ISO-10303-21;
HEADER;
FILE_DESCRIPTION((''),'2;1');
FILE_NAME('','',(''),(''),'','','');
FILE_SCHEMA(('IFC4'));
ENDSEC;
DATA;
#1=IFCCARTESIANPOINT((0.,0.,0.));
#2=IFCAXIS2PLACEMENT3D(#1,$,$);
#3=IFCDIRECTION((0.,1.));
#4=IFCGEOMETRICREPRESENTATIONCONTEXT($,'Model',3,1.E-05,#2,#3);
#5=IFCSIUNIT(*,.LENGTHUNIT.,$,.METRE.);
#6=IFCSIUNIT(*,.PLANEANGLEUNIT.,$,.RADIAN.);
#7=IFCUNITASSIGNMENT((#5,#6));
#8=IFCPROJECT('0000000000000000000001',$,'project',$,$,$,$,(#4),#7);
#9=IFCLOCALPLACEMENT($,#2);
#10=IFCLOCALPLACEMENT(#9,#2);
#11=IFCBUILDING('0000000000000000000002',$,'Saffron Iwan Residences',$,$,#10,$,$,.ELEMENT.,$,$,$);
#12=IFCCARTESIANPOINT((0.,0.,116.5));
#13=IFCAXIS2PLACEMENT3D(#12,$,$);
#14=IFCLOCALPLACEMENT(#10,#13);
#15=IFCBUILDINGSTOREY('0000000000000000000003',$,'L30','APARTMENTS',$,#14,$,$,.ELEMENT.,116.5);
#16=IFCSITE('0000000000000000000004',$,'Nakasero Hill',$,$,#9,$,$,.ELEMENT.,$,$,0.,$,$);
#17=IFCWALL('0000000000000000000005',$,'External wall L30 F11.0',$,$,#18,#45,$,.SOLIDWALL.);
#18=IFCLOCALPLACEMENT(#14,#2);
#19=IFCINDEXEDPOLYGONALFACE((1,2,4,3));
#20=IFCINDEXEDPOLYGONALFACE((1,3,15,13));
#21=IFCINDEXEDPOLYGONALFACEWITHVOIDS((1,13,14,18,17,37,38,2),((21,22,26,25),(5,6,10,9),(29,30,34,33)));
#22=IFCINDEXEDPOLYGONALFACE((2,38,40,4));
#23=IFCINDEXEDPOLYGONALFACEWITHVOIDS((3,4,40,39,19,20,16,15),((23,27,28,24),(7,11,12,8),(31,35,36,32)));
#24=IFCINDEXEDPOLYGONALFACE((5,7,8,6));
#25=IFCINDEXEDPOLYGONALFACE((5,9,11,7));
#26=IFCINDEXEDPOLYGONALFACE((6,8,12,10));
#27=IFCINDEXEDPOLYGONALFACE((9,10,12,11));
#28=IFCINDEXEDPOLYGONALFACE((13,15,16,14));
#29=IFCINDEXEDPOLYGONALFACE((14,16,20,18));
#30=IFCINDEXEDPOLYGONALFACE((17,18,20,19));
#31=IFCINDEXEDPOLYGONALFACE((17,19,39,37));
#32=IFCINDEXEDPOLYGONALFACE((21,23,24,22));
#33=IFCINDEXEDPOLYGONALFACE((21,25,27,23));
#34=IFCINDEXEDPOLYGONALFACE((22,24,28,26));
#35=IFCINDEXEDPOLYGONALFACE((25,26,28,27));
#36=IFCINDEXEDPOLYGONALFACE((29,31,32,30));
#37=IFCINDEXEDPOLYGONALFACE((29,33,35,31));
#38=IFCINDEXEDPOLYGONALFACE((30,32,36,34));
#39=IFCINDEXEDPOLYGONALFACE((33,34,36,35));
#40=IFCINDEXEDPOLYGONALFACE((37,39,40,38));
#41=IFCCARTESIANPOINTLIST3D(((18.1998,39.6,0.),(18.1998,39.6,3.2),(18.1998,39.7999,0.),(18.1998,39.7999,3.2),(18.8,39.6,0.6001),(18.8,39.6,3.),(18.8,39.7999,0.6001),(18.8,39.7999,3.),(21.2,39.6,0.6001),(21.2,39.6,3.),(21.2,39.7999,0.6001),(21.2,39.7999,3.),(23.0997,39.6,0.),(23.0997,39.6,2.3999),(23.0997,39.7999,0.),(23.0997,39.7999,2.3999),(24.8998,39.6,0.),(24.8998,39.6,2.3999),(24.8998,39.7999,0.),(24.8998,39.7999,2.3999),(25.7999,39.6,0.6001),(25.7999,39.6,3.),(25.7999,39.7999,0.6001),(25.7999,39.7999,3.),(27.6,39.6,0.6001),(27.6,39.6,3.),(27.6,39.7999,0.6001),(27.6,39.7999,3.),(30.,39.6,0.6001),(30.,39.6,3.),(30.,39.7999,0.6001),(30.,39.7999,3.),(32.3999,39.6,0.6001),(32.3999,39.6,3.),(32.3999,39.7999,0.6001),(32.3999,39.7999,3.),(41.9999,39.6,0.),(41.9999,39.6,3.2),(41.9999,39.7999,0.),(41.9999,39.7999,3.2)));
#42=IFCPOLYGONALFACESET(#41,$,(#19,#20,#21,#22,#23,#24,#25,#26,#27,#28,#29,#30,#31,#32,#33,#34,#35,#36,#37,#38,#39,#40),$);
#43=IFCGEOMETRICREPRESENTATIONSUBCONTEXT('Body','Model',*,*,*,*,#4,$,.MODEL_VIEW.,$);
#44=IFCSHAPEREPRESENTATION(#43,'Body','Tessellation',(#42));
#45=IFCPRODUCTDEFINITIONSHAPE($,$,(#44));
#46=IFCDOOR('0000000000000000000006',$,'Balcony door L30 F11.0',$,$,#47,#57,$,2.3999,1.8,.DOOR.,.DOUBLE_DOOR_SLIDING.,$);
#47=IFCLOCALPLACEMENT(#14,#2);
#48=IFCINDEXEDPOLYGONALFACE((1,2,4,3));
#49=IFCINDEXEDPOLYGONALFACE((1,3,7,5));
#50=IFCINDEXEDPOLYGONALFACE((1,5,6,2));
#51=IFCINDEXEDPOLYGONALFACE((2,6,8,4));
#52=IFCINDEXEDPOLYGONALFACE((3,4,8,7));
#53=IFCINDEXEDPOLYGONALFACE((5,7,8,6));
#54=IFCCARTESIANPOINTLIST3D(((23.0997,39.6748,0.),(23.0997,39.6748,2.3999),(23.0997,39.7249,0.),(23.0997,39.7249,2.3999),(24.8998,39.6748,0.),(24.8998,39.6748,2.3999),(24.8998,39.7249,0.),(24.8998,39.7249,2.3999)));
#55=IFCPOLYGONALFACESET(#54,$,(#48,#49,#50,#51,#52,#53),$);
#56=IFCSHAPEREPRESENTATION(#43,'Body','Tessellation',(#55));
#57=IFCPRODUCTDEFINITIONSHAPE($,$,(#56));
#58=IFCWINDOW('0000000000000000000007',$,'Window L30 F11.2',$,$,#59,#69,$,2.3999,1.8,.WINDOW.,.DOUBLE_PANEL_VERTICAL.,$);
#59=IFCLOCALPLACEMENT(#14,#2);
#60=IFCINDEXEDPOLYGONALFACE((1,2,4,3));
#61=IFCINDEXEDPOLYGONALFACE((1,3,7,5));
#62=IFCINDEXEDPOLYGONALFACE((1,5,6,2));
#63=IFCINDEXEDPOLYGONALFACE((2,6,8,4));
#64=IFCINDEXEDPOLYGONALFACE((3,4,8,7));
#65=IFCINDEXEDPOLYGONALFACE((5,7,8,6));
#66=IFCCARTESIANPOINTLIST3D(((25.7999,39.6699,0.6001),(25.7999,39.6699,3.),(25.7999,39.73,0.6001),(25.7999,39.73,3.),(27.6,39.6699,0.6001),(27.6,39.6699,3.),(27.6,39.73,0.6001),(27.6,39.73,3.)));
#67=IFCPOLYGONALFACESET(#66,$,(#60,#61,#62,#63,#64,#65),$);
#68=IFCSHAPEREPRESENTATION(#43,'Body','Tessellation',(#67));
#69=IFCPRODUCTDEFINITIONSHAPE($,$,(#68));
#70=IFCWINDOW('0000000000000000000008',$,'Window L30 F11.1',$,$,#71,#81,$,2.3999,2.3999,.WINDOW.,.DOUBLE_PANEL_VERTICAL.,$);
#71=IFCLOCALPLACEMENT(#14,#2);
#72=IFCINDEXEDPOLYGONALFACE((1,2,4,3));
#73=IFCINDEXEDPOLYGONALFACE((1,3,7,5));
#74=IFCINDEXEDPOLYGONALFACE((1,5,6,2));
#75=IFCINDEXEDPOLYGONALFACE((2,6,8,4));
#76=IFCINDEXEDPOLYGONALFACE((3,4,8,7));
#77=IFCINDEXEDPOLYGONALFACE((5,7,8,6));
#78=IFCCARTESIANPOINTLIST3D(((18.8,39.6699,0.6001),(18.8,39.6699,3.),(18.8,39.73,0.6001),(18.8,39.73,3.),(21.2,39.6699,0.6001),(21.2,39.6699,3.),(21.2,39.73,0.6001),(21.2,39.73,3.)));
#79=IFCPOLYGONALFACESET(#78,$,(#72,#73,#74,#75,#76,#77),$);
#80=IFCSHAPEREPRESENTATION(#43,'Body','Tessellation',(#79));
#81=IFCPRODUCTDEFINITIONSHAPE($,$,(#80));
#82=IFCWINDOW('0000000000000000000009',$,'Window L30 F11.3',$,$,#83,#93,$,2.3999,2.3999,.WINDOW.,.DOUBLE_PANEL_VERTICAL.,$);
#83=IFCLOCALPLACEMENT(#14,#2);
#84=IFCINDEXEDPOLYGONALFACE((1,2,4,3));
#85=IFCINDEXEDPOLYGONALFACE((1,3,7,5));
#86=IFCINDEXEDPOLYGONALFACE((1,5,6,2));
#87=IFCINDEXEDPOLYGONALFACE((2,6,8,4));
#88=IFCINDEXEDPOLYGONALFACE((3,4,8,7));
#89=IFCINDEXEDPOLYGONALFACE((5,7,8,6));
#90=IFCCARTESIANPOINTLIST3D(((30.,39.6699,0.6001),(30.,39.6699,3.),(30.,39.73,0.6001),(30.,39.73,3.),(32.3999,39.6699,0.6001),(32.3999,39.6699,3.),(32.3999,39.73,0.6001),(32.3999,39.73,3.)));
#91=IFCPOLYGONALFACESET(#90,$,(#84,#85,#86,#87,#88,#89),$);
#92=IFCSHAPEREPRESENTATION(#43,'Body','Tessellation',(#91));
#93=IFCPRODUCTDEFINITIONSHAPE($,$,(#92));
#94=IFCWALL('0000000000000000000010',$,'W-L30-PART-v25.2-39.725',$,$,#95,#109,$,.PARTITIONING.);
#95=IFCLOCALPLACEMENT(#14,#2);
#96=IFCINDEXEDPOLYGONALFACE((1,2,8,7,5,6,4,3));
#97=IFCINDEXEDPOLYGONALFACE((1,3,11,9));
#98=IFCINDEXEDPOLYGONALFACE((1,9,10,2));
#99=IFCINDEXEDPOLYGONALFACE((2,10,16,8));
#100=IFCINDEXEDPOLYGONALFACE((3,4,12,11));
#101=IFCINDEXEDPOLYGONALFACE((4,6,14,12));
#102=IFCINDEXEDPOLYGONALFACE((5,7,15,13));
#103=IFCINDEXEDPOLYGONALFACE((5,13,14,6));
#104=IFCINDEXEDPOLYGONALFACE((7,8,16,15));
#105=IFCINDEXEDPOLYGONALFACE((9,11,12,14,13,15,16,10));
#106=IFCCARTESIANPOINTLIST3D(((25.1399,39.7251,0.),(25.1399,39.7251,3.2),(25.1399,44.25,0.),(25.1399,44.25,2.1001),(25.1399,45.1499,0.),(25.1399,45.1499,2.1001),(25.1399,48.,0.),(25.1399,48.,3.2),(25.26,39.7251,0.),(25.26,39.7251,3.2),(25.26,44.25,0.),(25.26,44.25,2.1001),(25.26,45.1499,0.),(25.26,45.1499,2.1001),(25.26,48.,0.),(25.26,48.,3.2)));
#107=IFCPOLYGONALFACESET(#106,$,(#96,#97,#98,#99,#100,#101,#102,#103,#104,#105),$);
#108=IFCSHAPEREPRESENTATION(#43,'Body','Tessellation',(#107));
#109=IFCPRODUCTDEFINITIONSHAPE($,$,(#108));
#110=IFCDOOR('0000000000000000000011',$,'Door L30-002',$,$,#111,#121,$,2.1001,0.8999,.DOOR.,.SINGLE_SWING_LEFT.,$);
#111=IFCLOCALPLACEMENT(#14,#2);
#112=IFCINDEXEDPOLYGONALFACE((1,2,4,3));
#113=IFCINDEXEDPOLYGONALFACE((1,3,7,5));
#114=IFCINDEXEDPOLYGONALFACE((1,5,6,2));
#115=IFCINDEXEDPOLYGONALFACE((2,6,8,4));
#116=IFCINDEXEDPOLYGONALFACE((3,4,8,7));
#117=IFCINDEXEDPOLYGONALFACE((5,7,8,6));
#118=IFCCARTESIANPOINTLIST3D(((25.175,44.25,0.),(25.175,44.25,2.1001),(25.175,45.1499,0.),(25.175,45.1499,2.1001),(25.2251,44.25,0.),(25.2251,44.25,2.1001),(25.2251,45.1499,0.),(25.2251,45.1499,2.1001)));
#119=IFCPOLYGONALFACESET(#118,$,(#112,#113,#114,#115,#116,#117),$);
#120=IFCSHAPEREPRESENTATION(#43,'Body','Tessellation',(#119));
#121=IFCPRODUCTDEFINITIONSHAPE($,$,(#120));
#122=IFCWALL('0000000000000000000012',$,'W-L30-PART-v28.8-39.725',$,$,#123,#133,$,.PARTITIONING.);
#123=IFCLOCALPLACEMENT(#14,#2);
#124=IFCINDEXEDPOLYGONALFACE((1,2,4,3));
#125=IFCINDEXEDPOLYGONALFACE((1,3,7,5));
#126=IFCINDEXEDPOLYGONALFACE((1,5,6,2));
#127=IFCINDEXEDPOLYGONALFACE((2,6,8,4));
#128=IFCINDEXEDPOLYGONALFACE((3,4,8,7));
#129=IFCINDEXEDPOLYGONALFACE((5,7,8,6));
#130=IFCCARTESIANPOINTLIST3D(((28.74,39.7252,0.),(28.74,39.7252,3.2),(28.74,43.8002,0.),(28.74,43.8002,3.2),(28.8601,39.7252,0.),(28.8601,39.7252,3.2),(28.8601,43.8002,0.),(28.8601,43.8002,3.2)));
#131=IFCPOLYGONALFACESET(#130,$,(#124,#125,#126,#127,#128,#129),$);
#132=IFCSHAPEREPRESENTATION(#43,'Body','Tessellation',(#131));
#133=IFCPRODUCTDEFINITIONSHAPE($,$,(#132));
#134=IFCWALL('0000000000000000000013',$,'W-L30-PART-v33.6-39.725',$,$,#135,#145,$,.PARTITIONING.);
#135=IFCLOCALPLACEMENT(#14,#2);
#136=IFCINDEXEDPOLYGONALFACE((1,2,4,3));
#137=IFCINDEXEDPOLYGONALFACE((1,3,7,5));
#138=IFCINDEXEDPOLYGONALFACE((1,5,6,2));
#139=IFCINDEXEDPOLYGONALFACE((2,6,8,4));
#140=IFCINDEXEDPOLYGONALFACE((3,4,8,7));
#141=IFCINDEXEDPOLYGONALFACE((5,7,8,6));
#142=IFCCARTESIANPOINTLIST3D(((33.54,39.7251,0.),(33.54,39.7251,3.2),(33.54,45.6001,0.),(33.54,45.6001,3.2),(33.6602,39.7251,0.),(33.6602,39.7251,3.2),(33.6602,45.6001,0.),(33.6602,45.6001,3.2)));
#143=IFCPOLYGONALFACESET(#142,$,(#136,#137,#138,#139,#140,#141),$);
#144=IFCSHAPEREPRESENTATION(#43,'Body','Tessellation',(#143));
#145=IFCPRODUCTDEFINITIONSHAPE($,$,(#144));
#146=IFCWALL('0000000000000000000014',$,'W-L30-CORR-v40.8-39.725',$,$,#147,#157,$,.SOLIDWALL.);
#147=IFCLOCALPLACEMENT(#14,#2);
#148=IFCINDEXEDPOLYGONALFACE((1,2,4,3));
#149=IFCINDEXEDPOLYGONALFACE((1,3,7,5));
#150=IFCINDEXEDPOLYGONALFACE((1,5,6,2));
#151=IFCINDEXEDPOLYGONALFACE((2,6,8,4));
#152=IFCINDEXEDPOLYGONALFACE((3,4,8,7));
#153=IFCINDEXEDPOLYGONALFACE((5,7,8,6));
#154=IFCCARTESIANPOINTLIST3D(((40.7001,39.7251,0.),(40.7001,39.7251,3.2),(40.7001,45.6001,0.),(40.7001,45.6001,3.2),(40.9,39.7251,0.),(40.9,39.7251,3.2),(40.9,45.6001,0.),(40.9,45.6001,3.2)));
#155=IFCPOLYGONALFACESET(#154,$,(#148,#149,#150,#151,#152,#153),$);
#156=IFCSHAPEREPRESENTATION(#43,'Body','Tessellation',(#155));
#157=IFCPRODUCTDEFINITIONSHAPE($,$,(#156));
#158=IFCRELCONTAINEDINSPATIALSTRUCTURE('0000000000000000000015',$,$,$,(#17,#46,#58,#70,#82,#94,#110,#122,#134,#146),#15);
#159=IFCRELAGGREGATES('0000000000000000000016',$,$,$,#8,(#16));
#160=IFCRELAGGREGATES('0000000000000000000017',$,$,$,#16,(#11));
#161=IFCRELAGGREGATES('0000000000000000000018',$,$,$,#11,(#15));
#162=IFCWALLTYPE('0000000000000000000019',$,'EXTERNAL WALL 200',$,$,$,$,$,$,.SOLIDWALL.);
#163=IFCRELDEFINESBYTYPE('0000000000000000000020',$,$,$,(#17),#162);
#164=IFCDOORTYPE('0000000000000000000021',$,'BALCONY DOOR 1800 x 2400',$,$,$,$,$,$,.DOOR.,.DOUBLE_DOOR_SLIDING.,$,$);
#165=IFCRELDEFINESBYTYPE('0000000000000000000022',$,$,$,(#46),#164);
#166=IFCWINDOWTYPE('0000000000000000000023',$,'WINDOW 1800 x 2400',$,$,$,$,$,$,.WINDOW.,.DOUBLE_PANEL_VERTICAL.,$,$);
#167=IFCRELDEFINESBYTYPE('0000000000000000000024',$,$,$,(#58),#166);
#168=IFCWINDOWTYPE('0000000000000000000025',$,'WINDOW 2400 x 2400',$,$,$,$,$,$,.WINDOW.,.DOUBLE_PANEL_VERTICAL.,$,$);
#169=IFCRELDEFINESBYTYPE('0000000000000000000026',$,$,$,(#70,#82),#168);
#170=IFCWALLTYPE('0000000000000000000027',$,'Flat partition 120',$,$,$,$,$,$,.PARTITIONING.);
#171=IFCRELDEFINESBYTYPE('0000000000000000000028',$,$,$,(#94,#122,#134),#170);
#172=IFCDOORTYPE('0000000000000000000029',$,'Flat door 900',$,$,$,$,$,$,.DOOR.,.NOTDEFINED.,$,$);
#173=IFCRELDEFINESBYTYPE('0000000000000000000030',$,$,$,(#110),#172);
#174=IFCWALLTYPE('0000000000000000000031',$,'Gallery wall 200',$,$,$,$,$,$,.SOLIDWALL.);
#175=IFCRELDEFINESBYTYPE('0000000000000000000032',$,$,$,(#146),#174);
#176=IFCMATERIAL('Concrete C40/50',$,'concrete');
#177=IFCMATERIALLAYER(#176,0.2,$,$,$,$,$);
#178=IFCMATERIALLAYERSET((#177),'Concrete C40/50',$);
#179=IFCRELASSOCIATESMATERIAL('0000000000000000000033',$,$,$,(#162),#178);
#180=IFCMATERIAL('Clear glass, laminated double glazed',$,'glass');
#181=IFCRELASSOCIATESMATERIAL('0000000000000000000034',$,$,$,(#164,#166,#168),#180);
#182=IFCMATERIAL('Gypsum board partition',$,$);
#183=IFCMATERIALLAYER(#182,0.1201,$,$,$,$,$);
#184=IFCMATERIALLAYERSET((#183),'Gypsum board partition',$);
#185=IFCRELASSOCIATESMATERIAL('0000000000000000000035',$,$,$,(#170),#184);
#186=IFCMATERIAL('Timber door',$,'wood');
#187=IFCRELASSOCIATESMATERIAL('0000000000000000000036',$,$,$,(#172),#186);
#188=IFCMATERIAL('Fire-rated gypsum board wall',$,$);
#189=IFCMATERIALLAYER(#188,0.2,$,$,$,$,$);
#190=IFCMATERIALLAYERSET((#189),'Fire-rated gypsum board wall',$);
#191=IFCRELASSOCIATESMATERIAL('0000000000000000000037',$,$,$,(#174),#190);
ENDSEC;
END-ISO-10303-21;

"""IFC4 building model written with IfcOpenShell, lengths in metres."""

from ifc_helpers import new_model, si_unit, direction, frame, frame_2d, origin, place, context, subcontext, project, spatial, rectangle, extrude, material, layer, layer_set, type_object, element, fill, save


model = new_model("IFC4")

# Units and contexts
model_context = context("Model", 3, precision=1e-05, world=origin(), true_north=direction((0.0, 1.0)))
body_context = subcontext(model_context, "Body", "Model", "MODEL_VIEW")
ifc_project = project(units=[si_unit("LENGTHUNIT", "METRE"), si_unit("PLANEANGLEUNIT", "RADIAN")], contexts=[model_context])

# Site, building, storey
site_placement = place(None, origin())
site = spatial("IfcSite", under=ifc_project, at=site_placement, Name="Nakasero Hill", CompositionType="ELEMENT", RefElevation=0.0)
building_placement = place(site_placement, origin())
building = spatial("IfcBuilding", under=site, at=building_placement, Name="Saffron Iwan Residences", CompositionType="ELEMENT")
storey_placement = place(building_placement, frame((0.0, 0.0, 116.5)))
storey = spatial("IfcBuildingStorey", under=building, at=storey_placement, Name="L30", Description="APARTMENTS", CompositionType="ELEMENT", Elevation=116.5)

# Shared definitions
ifc_material_1 = material(Name="Clear glass, laminated double glazed", Category="glass")

# Wall, openings, door, windows
ifc_material_2 = material(Name="Concrete C40/50", Category="concrete")
ifc_layer_1 = layer(ifc_material_2, 0.2)
ifc_layer_set_1 = layer_set([ifc_layer_1], Name="Concrete C40/50")
wall_type_1 = type_object("IfcWallType", Name="EXTERNAL WALL 200", PredefinedType="SOLIDWALL", material=ifc_layer_set_1)
wall_1_placement = place(storey_placement, frame((18.2, 39.7, 0.0), z_axis=(0.0, 0.0, 1.0), x_axis=(1.0, 0.0, 0.0)))
wall_1 = element("IfcWall", 1, at=wall_1_placement, inside=storey, type_object=wall_type_1, Name="External wall L30 F11.0", PredefinedType="SOLIDWALL", context=body_context, shape_type="SweptSolid", body=[
    extrude(rectangle(XDim=23.8, YDim=0.2, at=frame_2d((11.8999, 0.0))), origin(), (0.0, 0.0, 1.0), 3.2),
])
opening_1_placement = place(wall_1_placement, frame((4.8999, 0.0, 0.0)))
opening_1 = element("IfcOpeningElement", 2, at=opening_1_placement, cuts=wall_1, PredefinedType="OPENING", context=body_context, shape_type="SweptSolid", body=[
    extrude(rectangle(XDim=1.8, YDim=2.3999, at=frame_2d((0.8999, 1.2))), frame((0.0, 0.1099, 0.0), z_axis=(0.0, -1.0, 0.0), x_axis=(1.0, 0.0, 0.0)), (0.0, 0.0, 1.0), 0.22),
])
opening_2_placement = place(wall_1_placement, frame((0.6001, 0.0, 0.6001)))
opening_2 = element("IfcOpeningElement", 3, at=opening_2_placement, cuts=wall_1, PredefinedType="OPENING", context=body_context, shape_type="SweptSolid", body=[
    extrude(rectangle(XDim=2.3999, YDim=2.3999, at=frame_2d((1.2, 1.2))), frame((0.0, 0.1099, 0.0), z_axis=(0.0, -1.0, 0.0), x_axis=(1.0, 0.0, 0.0)), (0.0, 0.0, 1.0), 0.22),
])
opening_3_placement = place(wall_1_placement, frame((7.6001, 0.0, 0.6001)))
opening_3 = element("IfcOpeningElement", 4, at=opening_3_placement, cuts=wall_1, PredefinedType="OPENING", context=body_context, shape_type="SweptSolid", body=[
    extrude(rectangle(XDim=1.8, YDim=2.3999, at=frame_2d((0.8999, 1.2))), frame((0.0, 0.1099, 0.0), z_axis=(0.0, -1.0, 0.0), x_axis=(1.0, 0.0, 0.0)), (0.0, 0.0, 1.0), 0.22),
])
opening_4_placement = place(wall_1_placement, frame((11.8, 0.0, 0.6001)))
opening_4 = element("IfcOpeningElement", 5, at=opening_4_placement, cuts=wall_1, PredefinedType="OPENING", context=body_context, shape_type="SweptSolid", body=[
    extrude(rectangle(XDim=2.3999, YDim=2.3999, at=frame_2d((1.2, 1.2))), frame((0.0, 0.1099, 0.0), z_axis=(0.0, -1.0, 0.0), x_axis=(1.0, 0.0, 0.0)), (0.0, 0.0, 1.0), 0.22),
])
door_type_1 = type_object("IfcDoorType", Name="BALCONY DOOR 1800 x 2400", OperationType="DOUBLE_DOOR_SLIDING", PredefinedType="DOOR", material=ifc_material_1)
door_1_placement = place(opening_1_placement, origin())
door_1 = element("IfcDoor", 6, at=door_1_placement, inside=storey, type_object=door_type_1, Name="Balcony door L30 F11.0", OperationType="DOUBLE_DOOR_SLIDING", OverallHeight=2.3999, OverallWidth=1.8, PredefinedType="DOOR", context=body_context, shape_type="SweptSolid", body=[
    extrude(rectangle(XDim=1.8, YDim=2.3999, at=frame_2d((0.8999, 1.2))), frame((0.0, 0.0249, 0.0), z_axis=(0.0, -1.0, 0.0), x_axis=(1.0, 0.0, 0.0)), (0.0, 0.0, 1.0), 0.05),
])
fill(opening_1, door_1)
window_type_1 = type_object("IfcWindowType", Name="WINDOW 1800 x 2400", PartitioningType="DOUBLE_PANEL_VERTICAL", PredefinedType="WINDOW", material=ifc_material_1)
window_1_placement = place(opening_3_placement, origin())
window_1 = element("IfcWindow", 7, at=window_1_placement, inside=storey, type_object=window_type_1, Name="Window L30 F11.2", OverallHeight=2.3999, OverallWidth=1.8, PartitioningType="DOUBLE_PANEL_VERTICAL", PredefinedType="WINDOW", context=body_context, shape_type="SweptSolid", body=[
    extrude(rectangle(XDim=1.8, YDim=2.3999, at=frame_2d((0.8999, 1.2))), frame((0.0, 0.03, 0.0), z_axis=(0.0, -1.0, 0.0), x_axis=(1.0, 0.0, 0.0)), (0.0, 0.0, 1.0), 0.0601),
])
fill(opening_3, window_1)
window_type_2 = type_object("IfcWindowType", Name="WINDOW 2400 x 2400", PartitioningType="DOUBLE_PANEL_VERTICAL", PredefinedType="WINDOW", material=ifc_material_1)
window_2_placement = place(opening_2_placement, origin())
window_2 = element("IfcWindow", 8, at=window_2_placement, inside=storey, type_object=window_type_2, Name="Window L30 F11.1", OverallHeight=2.3999, OverallWidth=2.3999, PartitioningType="DOUBLE_PANEL_VERTICAL", PredefinedType="WINDOW", context=body_context, shape_type="SweptSolid", body=[
    extrude(rectangle(XDim=2.3999, YDim=2.3999, at=frame_2d((1.2, 1.2))), frame((0.0, 0.03, 0.0), z_axis=(0.0, -1.0, 0.0), x_axis=(1.0, 0.0, 0.0)), (0.0, 0.0, 1.0), 0.0601),
])
fill(opening_2, window_2)
window_3_placement = place(opening_4_placement, origin())
window_3 = element("IfcWindow", 9, at=window_3_placement, inside=storey, type_object=window_type_2, Name="Window L30 F11.3", OverallHeight=2.3999, OverallWidth=2.3999, PartitioningType="DOUBLE_PANEL_VERTICAL", PredefinedType="WINDOW", context=body_context, shape_type="SweptSolid", body=[
    extrude(rectangle(XDim=2.3999, YDim=2.3999, at=frame_2d((1.2, 1.2))), frame((0.0, 0.03, 0.0), z_axis=(0.0, -1.0, 0.0), x_axis=(1.0, 0.0, 0.0)), (0.0, 0.0, 1.0), 0.0601),
])
fill(opening_4, window_3)

# Wall, opening, door
ifc_material_3 = material(Name="Gypsum board partition")
ifc_layer_2 = layer(ifc_material_3, 0.1201)
ifc_layer_set_2 = layer_set([ifc_layer_2], Name="Gypsum board partition")
wall_type_2 = type_object("IfcWallType", Name="Flat partition 120", PredefinedType="PARTITIONING", material=ifc_layer_set_2)
wall_2_placement = place(storey_placement, frame((25.2, 39.7251, 0.0), z_axis=(0.0, 0.0, 1.0), x_axis=(0.0, 1.0, 0.0)))
wall_2 = element("IfcWall", 10, at=wall_2_placement, inside=storey, type_object=wall_type_2, Name="W-L30-PART-v25.2-39.725", PredefinedType="PARTITIONING", context=body_context, shape_type="SweptSolid", body=[
    extrude(rectangle(XDim=8.2749, YDim=0.1201, at=frame_2d((4.1375, 0.0))), origin(), (0.0, 0.0, 1.0), 3.2),
])
opening_5_placement = place(wall_2_placement, frame((4.5249, 0.0, 0.0)))
opening_5 = element("IfcOpeningElement", 11, at=opening_5_placement, cuts=wall_2, PredefinedType="OPENING", context=body_context, shape_type="SweptSolid", body=[
    extrude(rectangle(XDim=0.8999, YDim=2.1001, at=frame_2d((0.45, 1.05))), frame((0.0, 0.0701, 0.0), z_axis=(0.0, -1.0, 0.0), x_axis=(1.0, 0.0, 0.0)), (0.0, 0.0, 1.0), 0.1401),
])
ifc_material_4 = material(Name="Timber door", Category="wood")
door_type_2 = type_object("IfcDoorType", Name="Flat door 900", OperationType="NOTDEFINED", PredefinedType="DOOR", material=ifc_material_4)
door_2_placement = place(opening_5_placement, origin())
door_2 = element("IfcDoor", 12, at=door_2_placement, inside=storey, type_object=door_type_2, Name="Door L30-002", OperationType="SINGLE_SWING_LEFT", OverallHeight=2.1001, OverallWidth=0.8999, PredefinedType="DOOR", context=body_context, shape_type="SweptSolid", body=[
    extrude(rectangle(XDim=0.8999, YDim=2.1001, at=frame_2d((0.45, 1.05))), frame((0.0, 0.0249, 0.0), z_axis=(0.0, -1.0, 0.0), x_axis=(1.0, 0.0, 0.0)), (0.0, 0.0, 1.0), 0.05),
])
fill(opening_5, door_2)

# Walls
wall_3_placement = place(storey_placement, frame((28.8, 39.7251, 0.0), z_axis=(0.0, 0.0, 1.0), x_axis=(0.0, 1.0, 0.0)))
element("IfcWall", 13, at=wall_3_placement, inside=storey, type_object=wall_type_2, Name="W-L30-PART-v28.8-39.725", PredefinedType="PARTITIONING", context=body_context, shape_type="SweptSolid", body=[
    extrude(rectangle(XDim=4.075, YDim=0.1201, at=frame_2d((2.0376, 0.0))), origin(), (0.0, 0.0, 1.0), 3.2),
])
wall_4_placement = place(storey_placement, frame((33.6001, 39.7251, 0.0), z_axis=(0.0, 0.0, 1.0), x_axis=(0.0, 1.0, 0.0)))
element("IfcWall", 14, at=wall_4_placement, inside=storey, type_object=wall_type_2, Name="W-L30-PART-v33.6-39.725", PredefinedType="PARTITIONING", context=body_context, shape_type="SweptSolid", body=[
    extrude(rectangle(XDim=5.875, YDim=0.1201, at=frame_2d((2.9375, 0.0))), origin(), (0.0, 0.0, 1.0), 3.2),
])
ifc_material_5 = material(Name="Fire-rated gypsum board wall")
ifc_layer_3 = layer(ifc_material_5, 0.2)
ifc_layer_set_3 = layer_set([ifc_layer_3], Name="Fire-rated gypsum board wall")
wall_type_3 = type_object("IfcWallType", Name="Gallery wall 200", PredefinedType="SOLIDWALL", material=ifc_layer_set_3)
wall_5_placement = place(storey_placement, frame((40.8, 39.7251, 0.0), z_axis=(0.0, 0.0, 1.0), x_axis=(0.0, 1.0, 0.0)))
element("IfcWall", 15, at=wall_5_placement, inside=storey, type_object=wall_type_3, Name="W-L30-CORR-v40.8-39.725", PredefinedType="SOLIDWALL", context=body_context, shape_type="SweptSolid", body=[
    extrude(rectangle(XDim=5.875, YDim=0.2, at=frame_2d((2.9375, 0.0))), origin(), (0.0, 0.0, 1.0), 3.2),
])

save(model, "model.ifc")
